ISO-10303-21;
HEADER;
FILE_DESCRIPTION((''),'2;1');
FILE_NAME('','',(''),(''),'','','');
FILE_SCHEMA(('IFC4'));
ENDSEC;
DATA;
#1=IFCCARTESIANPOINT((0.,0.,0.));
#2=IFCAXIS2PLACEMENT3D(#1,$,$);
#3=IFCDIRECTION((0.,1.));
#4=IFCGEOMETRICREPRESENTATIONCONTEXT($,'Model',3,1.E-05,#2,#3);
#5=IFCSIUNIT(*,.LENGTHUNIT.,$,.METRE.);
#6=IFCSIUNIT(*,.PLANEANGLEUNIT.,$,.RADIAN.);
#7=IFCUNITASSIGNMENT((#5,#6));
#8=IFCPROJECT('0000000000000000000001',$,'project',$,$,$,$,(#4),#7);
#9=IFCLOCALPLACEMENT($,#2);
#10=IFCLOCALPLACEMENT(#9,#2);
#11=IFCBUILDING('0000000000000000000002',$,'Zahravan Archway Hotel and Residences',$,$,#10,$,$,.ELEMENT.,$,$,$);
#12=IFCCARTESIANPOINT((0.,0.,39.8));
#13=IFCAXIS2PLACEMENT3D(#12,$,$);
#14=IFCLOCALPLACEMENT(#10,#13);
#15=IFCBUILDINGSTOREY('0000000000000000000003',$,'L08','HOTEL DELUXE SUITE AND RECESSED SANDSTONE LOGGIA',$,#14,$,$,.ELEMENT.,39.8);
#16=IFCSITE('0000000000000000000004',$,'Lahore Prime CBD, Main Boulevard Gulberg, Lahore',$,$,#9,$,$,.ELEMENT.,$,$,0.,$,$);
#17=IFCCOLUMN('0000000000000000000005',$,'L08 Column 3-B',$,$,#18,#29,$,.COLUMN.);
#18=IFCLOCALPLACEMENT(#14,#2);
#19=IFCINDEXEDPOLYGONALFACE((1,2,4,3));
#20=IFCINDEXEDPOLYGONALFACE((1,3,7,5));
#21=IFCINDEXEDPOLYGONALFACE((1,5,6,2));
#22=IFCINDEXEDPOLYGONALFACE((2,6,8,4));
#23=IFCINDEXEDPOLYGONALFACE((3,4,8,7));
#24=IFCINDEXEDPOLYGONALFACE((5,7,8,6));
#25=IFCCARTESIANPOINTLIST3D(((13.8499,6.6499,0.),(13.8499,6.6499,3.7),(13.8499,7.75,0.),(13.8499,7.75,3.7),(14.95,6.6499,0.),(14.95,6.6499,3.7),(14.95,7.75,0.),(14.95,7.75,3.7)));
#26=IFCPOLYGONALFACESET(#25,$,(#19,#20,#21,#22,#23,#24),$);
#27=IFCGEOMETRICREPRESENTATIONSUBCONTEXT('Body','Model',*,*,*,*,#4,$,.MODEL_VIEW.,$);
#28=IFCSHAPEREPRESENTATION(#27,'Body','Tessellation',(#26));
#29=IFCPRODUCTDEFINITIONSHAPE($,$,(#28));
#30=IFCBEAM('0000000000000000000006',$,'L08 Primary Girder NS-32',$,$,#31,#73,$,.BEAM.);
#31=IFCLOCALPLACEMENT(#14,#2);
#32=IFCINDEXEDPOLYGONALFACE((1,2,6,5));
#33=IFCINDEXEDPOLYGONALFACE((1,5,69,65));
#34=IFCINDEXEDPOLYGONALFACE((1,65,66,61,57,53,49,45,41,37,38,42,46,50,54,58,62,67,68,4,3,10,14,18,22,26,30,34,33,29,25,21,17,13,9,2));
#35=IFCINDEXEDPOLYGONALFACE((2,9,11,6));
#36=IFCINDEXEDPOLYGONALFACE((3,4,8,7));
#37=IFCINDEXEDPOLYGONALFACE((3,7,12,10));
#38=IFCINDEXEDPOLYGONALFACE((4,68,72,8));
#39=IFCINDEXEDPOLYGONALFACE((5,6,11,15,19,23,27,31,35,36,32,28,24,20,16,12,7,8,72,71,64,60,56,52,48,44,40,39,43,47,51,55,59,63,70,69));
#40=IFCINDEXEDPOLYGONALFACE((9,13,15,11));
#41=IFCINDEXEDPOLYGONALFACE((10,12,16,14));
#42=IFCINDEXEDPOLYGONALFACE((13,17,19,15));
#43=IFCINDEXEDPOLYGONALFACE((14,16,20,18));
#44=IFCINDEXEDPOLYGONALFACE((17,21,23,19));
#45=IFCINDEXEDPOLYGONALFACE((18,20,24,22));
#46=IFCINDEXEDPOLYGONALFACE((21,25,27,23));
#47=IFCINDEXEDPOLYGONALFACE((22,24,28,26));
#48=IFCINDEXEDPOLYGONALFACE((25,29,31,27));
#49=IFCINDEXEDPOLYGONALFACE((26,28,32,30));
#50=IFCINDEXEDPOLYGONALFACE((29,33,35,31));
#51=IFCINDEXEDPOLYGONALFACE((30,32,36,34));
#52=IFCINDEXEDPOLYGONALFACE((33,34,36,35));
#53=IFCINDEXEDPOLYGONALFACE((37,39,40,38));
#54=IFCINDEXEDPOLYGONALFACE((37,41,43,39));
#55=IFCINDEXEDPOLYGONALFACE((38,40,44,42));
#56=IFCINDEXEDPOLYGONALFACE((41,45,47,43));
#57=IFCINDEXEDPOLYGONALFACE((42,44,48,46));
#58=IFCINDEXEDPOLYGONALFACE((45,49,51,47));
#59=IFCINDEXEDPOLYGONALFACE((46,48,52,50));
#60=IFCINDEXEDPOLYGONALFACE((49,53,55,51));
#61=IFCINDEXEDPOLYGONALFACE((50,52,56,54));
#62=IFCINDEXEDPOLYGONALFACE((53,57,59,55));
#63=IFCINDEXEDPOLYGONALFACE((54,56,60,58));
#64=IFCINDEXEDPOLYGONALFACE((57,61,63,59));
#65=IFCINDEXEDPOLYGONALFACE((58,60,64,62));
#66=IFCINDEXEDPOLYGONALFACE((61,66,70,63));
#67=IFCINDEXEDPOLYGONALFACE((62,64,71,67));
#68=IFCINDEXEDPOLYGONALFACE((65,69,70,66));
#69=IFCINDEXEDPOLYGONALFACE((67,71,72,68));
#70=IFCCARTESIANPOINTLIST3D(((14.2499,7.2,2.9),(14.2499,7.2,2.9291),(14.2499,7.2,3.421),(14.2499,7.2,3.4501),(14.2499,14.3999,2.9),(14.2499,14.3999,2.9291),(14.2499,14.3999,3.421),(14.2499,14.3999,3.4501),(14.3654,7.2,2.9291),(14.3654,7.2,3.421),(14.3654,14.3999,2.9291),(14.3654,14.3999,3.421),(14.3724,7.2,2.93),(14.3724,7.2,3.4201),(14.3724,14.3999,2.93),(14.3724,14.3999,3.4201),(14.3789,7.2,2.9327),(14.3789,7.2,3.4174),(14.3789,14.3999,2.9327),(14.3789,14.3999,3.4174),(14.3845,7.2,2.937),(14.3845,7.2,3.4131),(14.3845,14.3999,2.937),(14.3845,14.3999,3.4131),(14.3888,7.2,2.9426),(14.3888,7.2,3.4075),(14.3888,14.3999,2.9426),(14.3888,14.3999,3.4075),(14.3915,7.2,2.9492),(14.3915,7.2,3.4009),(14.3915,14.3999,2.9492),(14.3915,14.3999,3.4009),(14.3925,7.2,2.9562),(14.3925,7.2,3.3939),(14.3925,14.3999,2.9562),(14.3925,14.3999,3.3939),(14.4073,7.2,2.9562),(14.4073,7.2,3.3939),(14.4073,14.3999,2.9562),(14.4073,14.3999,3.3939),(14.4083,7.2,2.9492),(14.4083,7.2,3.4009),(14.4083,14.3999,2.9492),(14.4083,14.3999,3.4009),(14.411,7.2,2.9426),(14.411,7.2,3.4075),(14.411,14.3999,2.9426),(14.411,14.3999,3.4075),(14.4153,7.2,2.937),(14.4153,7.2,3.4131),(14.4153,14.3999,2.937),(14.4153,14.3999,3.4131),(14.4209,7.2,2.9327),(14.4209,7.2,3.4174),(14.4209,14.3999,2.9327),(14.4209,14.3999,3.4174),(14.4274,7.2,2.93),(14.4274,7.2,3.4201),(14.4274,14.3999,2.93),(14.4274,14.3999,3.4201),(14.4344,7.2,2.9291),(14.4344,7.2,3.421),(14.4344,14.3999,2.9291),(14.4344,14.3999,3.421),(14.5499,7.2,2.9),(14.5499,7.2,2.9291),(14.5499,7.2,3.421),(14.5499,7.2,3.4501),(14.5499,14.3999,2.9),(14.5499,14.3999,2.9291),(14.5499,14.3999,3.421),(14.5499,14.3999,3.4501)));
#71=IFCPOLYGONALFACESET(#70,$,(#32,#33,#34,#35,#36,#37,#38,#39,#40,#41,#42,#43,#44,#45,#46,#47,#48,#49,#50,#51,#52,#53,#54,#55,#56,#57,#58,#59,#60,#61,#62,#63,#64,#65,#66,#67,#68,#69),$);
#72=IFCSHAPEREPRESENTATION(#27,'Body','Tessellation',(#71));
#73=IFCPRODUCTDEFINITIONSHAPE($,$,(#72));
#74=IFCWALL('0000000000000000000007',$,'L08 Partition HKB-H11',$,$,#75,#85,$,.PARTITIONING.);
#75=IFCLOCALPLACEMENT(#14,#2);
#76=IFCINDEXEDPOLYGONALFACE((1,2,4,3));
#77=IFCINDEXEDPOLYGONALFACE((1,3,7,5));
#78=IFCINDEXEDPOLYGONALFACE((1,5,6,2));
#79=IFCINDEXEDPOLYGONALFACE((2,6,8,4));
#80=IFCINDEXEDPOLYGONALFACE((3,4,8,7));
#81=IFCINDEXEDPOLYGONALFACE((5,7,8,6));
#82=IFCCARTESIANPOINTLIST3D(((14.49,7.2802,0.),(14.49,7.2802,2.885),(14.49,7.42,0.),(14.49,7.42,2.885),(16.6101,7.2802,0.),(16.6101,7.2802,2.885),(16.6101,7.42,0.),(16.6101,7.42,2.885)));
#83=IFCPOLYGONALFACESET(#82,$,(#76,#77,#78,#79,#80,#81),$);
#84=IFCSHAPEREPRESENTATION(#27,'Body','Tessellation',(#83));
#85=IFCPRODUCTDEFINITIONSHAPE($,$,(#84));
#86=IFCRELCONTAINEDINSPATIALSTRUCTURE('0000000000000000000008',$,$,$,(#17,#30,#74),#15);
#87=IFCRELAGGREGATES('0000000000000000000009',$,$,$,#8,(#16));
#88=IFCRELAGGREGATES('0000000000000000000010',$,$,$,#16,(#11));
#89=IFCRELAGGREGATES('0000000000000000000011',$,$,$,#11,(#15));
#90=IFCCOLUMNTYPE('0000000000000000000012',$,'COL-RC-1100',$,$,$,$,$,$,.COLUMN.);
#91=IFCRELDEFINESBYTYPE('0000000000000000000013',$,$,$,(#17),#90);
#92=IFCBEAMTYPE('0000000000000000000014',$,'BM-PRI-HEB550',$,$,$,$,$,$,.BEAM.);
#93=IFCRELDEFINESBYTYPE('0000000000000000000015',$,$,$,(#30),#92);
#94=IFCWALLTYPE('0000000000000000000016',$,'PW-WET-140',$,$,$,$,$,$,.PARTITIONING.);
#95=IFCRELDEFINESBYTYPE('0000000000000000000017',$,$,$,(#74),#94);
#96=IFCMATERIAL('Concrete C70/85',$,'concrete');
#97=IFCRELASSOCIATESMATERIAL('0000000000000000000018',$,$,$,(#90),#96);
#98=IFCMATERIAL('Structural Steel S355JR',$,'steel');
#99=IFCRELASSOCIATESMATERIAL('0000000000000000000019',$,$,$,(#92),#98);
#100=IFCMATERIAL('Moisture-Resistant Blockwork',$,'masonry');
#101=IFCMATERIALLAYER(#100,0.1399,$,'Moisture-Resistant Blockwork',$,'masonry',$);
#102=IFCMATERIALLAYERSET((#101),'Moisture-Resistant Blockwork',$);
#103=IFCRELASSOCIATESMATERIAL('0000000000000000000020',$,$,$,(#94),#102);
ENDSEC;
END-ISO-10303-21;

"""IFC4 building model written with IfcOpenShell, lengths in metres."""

from ifc_helpers import new_model, si_unit, direction, frame, frame_2d, origin, origin_2d, place, context, subcontext, project, spatial, rectangle, i_section, extrude, source, transform, mapped, material, layer, layer_set, material_profile, profile_set, type_object, element, save


model = new_model("IFC4")

# Units and contexts
model_context = context("Model", 3, precision=1e-05, world=origin(), true_north=direction((0.0, 1.0)))
body_context = subcontext(model_context, "Body", "Model", "MODEL_VIEW")
ifc_project = project(units=[si_unit("LENGTHUNIT", "METRE"), si_unit("PLANEANGLEUNIT", "RADIAN")], contexts=[model_context])

# Site, building, storey
site_placement = place(None, origin())
site = spatial("IfcSite", under=ifc_project, at=site_placement, Name="Lahore Prime CBD, Main Boulevard Gulberg, Lahore", CompositionType="ELEMENT", RefElevation=0.0)
building_placement = place(site_placement, origin())
building = spatial("IfcBuilding", under=site, at=building_placement, Name="Zahravan Archway Hotel and Residences", CompositionType="ELEMENT")
storey_placement = place(building_placement, frame((0.0, 0.0, 39.8)))
storey = spatial("IfcBuildingStorey", under=building, at=storey_placement, Name="L08", Description="HOTEL DELUXE SUITE AND RECESSED SANDSTONE LOGGIA", CompositionType="ELEMENT", Elevation=39.8)

# Column
ifc_material_1 = material(Name="Concrete C70/85", Category="concrete")
ifc_material_profile_1 = material_profile(ifc_material_1, rectangle(XDim=1.1001, YDim=1.1001, at=origin_2d()), Name="RC 1100x1100", Category="concrete")
ifc_profile_set_1 = profile_set([ifc_material_profile_1], Name="Concrete C70/85")
column_type = type_object("IfcColumnType", Name="COL-RC-1100", PredefinedType="COLUMN", material=ifc_profile_set_1)
shared_shape_1 = source(origin(), body_context, "Body", "SweptSolid", [
    extrude(rectangle(XDim=1.1001, YDim=1.1001, at=origin_2d()), origin(), (0.0, 0.0, 1.0), 3.7),
])
column_placement = place(storey_placement, frame((14.3999, 7.2, 0.0), z_axis=(0.0, 0.0, 1.0), x_axis=(1.0, 0.0, 0.0)))
element("IfcColumn", 1, at=column_placement, inside=storey, type_object=column_type, Name="L08 Column 3-B", PredefinedType="COLUMN", context=body_context, shape_type="MappedRepresentation", body=[
    mapped(shared_shape_1, transform((0.0, 0.0, 0.0), scale=1.0)),
])

# Beam
ifc_material_2 = material(Name="Structural Steel S355JR", Category="steel")
ifc_material_profile_2 = material_profile(ifc_material_2, i_section(OverallWidth=0.3, OverallDepth=0.55, WebThickness=0.0149, FlangeThickness=0.0291, FilletRadius=0.0271, at=origin_2d()), Name="HEB 550", Category="steel")
ifc_profile_set_2 = profile_set([ifc_material_profile_2], Name="Structural Steel S355JR")
beam_type = type_object("IfcBeamType", Name="BM-PRI-HEB550", PredefinedType="BEAM", material=ifc_profile_set_2)
shared_shape_2 = source(origin(), body_context, "Body", "SweptSolid", [
    extrude(i_section(OverallWidth=0.3, OverallDepth=0.55, WebThickness=0.0149, FlangeThickness=0.0291, FilletRadius=0.0271, at=origin_2d()), origin(), (0.0, 0.0, 1.0), 7.2),
])
beam_placement = place(storey_placement, frame((14.3999, 7.2, 3.175), z_axis=(0.0, 1.0, 0.0), x_axis=(-1.0, 0.0, 0.0)))
element("IfcBeam", 2, at=beam_placement, inside=storey, type_object=beam_type, Name="L08 Primary Girder NS-32", PredefinedType="BEAM", context=body_context, shape_type="MappedRepresentation", body=[
    mapped(shared_shape_2, transform((0.0, 0.0, 0.0), scale=1.0)),
])

# Wall
ifc_material_3 = material(Name="Moisture-Resistant Blockwork", Category="masonry")
ifc_layer = layer(ifc_material_3, 0.1399, Name="Moisture-Resistant Blockwork", Category="masonry")
ifc_layer_set = layer_set([ifc_layer], Name="Moisture-Resistant Blockwork")
wall_type = type_object("IfcWallType", Name="PW-WET-140", PredefinedType="PARTITIONING", material=ifc_layer_set)
wall_placement = place(storey_placement, frame((14.49, 7.3501, 0.0), z_axis=(0.0, 0.0, 1.0), x_axis=(1.0, 0.0, 0.0)))
element("IfcWall", 3, at=wall_placement, inside=storey, type_object=wall_type, Name="L08 Partition HKB-H11", PredefinedType="PARTITIONING", context=body_context, shape_type="SweptSolid", body=[
    extrude(rectangle(XDim=2.1201, YDim=0.1399, at=frame_2d((1.0601, 0.0))), origin(), (0.0, 0.0, 1.0), 2.885),
])

save(model, "model.ifc")
